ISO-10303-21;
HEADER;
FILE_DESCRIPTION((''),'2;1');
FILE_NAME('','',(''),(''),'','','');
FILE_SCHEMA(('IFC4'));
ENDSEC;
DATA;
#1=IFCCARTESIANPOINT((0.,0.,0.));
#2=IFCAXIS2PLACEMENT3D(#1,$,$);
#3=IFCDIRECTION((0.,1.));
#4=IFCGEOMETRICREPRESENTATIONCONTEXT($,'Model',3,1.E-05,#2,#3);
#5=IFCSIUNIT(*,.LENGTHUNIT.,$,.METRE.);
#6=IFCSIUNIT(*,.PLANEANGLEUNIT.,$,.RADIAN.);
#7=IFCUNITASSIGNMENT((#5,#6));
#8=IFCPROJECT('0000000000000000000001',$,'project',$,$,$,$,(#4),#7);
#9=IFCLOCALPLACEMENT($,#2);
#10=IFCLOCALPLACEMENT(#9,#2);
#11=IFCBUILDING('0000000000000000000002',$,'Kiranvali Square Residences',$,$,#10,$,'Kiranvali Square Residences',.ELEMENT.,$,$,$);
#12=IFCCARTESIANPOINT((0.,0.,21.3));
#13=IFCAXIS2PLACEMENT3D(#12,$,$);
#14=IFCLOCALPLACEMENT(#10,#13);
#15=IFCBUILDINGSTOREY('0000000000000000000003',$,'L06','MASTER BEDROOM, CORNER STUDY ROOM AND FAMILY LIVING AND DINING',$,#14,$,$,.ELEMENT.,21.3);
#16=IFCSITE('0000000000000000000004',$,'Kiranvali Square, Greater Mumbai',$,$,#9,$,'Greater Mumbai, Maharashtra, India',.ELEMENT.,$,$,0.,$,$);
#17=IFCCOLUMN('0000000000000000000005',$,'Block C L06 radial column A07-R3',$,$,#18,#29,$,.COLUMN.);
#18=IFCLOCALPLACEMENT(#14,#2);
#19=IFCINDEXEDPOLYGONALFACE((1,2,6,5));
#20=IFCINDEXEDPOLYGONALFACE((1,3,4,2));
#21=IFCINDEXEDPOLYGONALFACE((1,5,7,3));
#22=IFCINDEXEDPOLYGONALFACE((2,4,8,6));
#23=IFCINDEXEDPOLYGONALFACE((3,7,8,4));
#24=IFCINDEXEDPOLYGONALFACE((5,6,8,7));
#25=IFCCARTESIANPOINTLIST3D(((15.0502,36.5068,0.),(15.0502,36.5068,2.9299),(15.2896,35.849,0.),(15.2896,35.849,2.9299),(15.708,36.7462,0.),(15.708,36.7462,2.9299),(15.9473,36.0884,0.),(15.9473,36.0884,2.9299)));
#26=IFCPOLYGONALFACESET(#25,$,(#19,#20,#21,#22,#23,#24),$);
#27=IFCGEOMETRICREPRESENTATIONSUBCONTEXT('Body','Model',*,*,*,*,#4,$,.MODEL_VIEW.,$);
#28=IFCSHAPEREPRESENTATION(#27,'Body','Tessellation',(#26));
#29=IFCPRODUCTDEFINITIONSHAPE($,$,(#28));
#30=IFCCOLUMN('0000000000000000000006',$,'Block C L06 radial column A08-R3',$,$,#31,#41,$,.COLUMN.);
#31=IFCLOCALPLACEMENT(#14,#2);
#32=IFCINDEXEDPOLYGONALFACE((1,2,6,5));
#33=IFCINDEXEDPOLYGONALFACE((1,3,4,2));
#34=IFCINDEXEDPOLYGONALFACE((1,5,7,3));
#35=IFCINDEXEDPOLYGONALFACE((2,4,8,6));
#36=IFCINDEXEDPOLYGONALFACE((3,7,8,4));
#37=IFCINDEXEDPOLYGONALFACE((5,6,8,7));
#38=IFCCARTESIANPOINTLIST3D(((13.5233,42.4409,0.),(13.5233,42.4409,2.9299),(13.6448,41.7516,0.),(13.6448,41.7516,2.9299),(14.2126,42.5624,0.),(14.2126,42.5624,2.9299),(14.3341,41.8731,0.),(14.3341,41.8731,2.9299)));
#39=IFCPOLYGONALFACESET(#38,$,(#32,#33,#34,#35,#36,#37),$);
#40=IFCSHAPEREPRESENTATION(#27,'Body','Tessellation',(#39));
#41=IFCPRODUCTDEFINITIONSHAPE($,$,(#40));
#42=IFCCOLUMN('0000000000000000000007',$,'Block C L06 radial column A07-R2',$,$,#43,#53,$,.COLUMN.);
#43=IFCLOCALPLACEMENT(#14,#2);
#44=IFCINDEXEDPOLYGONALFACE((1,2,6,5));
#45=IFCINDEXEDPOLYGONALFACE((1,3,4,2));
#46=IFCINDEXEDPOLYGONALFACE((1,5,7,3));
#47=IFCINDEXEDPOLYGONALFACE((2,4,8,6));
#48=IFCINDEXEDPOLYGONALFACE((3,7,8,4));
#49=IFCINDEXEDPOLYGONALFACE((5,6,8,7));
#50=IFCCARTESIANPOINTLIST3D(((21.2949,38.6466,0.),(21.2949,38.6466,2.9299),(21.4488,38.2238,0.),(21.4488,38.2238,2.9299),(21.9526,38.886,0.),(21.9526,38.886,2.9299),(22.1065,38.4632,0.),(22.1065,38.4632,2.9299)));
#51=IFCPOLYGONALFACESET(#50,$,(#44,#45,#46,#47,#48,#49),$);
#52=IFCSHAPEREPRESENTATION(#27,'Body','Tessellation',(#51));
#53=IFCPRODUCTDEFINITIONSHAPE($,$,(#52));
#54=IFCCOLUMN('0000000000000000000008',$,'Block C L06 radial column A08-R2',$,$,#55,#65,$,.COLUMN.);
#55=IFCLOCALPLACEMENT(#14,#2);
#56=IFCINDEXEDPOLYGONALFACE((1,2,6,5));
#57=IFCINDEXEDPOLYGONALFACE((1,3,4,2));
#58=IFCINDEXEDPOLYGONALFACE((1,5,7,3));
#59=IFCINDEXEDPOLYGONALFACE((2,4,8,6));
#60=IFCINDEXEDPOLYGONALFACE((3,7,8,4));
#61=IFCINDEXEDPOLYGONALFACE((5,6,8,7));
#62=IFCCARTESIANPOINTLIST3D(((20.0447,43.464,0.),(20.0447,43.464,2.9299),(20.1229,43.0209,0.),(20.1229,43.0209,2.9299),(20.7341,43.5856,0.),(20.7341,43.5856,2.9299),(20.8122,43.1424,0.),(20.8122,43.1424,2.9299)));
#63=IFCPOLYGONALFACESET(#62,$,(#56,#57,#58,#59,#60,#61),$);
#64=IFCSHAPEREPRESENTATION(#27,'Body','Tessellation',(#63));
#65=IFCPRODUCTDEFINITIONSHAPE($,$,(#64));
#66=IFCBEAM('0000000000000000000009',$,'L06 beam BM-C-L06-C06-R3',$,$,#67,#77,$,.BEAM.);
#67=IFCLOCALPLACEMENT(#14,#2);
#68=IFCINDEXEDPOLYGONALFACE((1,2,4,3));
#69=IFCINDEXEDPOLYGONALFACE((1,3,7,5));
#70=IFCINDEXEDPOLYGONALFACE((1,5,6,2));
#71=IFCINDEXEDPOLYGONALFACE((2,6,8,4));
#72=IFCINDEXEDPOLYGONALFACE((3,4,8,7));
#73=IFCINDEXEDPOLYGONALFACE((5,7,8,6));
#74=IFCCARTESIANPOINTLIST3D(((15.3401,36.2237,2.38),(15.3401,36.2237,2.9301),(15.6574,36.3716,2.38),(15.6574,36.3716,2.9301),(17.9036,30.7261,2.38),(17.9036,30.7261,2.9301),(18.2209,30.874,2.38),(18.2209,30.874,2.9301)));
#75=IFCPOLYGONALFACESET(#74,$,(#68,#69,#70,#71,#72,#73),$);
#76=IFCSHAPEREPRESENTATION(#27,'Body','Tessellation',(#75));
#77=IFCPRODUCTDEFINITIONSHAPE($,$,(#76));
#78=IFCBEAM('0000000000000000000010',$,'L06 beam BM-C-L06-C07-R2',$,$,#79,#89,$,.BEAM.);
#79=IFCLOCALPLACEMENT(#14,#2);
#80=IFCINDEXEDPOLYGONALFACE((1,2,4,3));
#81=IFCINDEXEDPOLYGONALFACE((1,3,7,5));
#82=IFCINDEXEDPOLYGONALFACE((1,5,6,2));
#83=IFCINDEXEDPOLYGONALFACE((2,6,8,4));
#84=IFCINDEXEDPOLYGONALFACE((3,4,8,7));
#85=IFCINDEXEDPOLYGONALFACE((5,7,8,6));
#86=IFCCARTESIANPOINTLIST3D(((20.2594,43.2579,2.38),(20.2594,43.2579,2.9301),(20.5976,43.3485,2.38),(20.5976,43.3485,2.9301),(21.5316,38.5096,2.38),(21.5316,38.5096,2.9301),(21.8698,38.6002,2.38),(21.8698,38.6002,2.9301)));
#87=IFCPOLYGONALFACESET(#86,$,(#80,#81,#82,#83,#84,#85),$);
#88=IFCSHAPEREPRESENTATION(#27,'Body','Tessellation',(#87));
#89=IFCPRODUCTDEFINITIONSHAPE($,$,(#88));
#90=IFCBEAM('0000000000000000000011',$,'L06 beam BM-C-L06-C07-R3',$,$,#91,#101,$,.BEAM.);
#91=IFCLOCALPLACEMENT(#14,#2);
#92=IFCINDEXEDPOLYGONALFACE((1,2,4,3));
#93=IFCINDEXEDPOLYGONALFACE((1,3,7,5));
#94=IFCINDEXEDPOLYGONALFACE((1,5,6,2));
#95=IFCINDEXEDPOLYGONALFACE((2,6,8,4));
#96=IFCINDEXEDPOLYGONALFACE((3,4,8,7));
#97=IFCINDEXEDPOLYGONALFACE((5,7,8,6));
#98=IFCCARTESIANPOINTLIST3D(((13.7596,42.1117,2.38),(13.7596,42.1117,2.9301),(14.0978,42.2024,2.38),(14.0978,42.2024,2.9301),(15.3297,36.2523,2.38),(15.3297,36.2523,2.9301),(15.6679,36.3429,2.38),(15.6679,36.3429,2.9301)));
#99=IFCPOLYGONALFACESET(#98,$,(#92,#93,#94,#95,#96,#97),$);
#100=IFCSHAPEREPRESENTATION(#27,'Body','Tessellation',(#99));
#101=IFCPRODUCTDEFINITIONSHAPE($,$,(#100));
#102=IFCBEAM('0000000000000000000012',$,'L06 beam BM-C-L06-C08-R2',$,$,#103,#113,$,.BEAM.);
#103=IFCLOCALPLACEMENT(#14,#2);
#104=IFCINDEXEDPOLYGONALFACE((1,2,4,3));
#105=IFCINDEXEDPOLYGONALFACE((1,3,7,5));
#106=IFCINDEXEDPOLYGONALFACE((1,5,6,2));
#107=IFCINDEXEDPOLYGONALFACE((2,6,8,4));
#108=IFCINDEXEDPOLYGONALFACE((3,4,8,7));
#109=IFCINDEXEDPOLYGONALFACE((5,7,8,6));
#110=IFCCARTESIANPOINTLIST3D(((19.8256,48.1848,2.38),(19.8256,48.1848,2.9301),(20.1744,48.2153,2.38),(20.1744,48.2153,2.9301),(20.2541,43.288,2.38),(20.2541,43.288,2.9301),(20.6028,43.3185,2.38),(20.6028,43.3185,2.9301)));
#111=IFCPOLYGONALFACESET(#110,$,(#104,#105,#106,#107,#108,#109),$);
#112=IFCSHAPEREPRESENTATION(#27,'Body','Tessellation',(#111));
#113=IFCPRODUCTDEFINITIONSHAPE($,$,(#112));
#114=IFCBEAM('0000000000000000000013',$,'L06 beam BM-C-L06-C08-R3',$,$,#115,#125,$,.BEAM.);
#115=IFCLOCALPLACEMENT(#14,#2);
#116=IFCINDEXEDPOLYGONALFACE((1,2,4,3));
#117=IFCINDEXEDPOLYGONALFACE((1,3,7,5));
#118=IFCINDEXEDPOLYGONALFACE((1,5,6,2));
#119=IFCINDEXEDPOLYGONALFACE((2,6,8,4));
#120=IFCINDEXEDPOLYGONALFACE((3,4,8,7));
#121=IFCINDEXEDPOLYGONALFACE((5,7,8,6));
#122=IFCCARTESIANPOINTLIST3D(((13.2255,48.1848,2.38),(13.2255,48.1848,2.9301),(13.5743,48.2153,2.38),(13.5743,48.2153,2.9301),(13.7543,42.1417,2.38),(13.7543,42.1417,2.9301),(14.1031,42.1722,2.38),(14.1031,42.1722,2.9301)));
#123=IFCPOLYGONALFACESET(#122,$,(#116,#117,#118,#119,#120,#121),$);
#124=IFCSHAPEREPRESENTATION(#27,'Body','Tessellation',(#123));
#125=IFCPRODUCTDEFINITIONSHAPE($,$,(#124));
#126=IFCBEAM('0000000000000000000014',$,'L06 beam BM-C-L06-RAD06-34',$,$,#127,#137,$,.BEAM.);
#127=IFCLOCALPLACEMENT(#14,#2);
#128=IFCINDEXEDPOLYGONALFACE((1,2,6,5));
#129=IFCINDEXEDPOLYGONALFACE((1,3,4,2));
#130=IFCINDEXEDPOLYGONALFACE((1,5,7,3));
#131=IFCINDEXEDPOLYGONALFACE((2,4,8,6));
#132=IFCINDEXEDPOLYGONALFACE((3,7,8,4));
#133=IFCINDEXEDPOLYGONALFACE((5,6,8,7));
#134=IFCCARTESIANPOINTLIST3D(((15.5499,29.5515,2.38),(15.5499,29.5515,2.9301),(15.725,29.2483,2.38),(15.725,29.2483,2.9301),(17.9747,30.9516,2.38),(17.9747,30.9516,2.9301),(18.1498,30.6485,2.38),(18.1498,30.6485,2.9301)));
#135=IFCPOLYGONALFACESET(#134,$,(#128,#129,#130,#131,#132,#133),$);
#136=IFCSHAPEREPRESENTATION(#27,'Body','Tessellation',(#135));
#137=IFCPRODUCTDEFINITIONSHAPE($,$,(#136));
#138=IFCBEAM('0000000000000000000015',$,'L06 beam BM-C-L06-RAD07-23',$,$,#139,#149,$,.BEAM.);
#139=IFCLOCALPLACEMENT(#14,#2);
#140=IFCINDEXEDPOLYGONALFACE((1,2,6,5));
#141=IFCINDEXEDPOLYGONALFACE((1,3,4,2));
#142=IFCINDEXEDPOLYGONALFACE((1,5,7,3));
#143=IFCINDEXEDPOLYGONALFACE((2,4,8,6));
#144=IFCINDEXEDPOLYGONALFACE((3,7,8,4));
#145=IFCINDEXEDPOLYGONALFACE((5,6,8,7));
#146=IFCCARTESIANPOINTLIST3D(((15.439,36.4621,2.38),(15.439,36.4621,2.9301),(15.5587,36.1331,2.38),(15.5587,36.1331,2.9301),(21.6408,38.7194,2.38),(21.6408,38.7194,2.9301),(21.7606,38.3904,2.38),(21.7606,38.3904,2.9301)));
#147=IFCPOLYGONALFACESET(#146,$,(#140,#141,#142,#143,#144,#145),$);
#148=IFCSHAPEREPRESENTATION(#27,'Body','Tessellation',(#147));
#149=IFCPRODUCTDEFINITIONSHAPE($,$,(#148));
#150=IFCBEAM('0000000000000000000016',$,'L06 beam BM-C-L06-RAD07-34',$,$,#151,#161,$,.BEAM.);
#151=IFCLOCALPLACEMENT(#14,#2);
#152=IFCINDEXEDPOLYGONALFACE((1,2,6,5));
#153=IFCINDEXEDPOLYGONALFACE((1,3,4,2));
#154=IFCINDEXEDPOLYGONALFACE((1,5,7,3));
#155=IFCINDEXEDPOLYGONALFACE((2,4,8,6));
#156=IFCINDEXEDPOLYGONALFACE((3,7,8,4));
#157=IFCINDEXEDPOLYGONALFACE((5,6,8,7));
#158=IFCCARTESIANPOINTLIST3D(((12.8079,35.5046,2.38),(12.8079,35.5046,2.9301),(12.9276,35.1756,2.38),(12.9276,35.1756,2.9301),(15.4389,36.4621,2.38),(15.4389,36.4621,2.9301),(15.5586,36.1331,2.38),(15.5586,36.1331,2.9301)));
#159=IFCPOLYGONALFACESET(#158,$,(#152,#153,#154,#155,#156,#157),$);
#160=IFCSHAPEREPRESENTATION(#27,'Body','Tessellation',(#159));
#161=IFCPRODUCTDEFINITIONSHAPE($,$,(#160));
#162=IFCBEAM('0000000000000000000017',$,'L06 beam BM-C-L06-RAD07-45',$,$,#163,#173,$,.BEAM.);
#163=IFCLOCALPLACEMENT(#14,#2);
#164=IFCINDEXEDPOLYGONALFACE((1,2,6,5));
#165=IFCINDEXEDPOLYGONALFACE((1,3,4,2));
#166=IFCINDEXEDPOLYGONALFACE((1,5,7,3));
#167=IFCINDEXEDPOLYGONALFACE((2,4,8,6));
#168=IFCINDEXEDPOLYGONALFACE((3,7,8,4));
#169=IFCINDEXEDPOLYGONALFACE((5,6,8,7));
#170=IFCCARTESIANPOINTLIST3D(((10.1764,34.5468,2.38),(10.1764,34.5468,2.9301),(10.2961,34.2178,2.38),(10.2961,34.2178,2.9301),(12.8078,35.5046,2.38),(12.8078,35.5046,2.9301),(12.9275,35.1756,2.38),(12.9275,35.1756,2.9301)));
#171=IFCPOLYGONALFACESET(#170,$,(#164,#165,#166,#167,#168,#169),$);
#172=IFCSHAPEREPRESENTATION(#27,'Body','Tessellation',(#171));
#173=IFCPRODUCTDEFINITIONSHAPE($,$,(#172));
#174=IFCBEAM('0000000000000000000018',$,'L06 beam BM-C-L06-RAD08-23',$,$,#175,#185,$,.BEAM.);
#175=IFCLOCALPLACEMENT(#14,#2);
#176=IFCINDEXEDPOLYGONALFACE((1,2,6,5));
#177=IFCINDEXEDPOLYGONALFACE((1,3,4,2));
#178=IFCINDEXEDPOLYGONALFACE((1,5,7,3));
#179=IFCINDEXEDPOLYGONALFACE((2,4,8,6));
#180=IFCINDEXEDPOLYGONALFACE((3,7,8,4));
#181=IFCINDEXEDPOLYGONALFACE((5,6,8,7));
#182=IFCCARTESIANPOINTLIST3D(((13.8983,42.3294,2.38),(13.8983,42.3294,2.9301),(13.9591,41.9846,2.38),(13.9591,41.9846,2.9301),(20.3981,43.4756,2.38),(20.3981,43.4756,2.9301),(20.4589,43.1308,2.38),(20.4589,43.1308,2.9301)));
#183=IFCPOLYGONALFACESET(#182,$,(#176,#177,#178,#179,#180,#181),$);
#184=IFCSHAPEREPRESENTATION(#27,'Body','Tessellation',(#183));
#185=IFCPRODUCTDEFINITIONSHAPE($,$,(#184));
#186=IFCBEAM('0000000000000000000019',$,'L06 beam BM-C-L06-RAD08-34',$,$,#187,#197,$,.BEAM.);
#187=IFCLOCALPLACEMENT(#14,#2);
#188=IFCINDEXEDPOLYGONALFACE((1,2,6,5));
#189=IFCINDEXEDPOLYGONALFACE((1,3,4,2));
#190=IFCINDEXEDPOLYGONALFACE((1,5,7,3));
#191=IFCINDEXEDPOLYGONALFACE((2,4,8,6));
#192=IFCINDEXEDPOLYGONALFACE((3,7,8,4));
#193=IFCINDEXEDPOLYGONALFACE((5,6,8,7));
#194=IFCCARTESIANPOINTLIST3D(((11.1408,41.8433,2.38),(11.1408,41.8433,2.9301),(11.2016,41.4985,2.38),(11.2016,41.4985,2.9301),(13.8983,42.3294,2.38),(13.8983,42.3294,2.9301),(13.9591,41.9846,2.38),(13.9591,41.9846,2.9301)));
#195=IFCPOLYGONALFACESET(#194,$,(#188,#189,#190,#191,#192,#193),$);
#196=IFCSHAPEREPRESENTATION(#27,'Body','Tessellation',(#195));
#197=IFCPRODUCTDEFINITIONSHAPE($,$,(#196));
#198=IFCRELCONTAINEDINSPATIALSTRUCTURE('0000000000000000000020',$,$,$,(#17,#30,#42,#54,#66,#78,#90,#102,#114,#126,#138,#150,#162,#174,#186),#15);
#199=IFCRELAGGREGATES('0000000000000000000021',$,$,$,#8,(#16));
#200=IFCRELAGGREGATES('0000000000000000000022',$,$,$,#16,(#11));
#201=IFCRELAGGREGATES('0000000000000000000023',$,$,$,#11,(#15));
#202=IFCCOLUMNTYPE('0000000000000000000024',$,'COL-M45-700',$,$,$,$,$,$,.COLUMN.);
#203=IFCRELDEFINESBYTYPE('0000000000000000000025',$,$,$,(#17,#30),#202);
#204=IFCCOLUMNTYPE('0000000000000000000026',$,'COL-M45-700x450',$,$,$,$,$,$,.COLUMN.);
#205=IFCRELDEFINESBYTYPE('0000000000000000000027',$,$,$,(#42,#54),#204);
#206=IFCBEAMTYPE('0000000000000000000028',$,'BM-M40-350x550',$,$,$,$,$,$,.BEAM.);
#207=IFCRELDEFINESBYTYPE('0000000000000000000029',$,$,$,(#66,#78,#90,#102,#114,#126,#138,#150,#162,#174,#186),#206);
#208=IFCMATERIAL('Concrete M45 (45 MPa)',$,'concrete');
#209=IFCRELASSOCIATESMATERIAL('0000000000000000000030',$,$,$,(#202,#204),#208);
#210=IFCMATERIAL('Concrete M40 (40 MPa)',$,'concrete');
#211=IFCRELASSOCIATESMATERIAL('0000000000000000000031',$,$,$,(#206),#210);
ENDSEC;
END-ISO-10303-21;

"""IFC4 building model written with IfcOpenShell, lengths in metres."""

from ifc_helpers import new_model, si_unit, direction, frame, origin, origin_2d, place, context, subcontext, project, spatial, rectangle, extrude, material, material_profile, profile_set, type_object, element, save


model = new_model("IFC4")

# Units and contexts
model_context = context("Model", 3, precision=1e-05, world=origin(), true_north=direction((0.0, 1.0)))
body_context = subcontext(model_context, "Body", "Model", "MODEL_VIEW")
ifc_project = project(units=[si_unit("LENGTHUNIT", "METRE"), si_unit("PLANEANGLEUNIT", "RADIAN")], contexts=[model_context])

# Site, building, storey
site_placement = place(None, origin())
site = spatial("IfcSite", under=ifc_project, at=site_placement, Name="Kiranvali Square, Greater Mumbai", LongName="Greater Mumbai, Maharashtra, India", CompositionType="ELEMENT", RefElevation=0.0)
building_placement = place(site_placement, origin())
building = spatial("IfcBuilding", under=site, at=building_placement, Name="Kiranvali Square Residences", LongName="Kiranvali Square Residences", CompositionType="ELEMENT")
storey_placement = place(building_placement, frame((0.0, 0.0, 21.3)))
storey = spatial("IfcBuildingStorey", under=building, at=storey_placement, Name="L06", Description="MASTER BEDROOM, CORNER STUDY ROOM AND FAMILY LIVING AND DINING", CompositionType="ELEMENT", Elevation=21.3)

# Columns
ifc_material_1 = material(Name="Concrete M45 (45 MPa)", Category="concrete")
ifc_material_profile_1 = material_profile(ifc_material_1, rectangle(XDim=0.7, YDim=0.7, at=origin_2d()), Name="RC 700x700")
ifc_profile_set_1 = profile_set([ifc_material_profile_1], Name="Concrete M45 (45 MPa)")
column_type_1 = type_object("IfcColumnType", Name="COL-M45-700", PredefinedType="COLUMN", material=ifc_profile_set_1)
for number, where, z_axis, x_axis, name in (
    (1, (15.4988, 36.2976, 0.0), (0.0, 0.0, 1.0), (-0.34202, 0.939693, 0.0), "Block C L06 radial column A07-R3"),
    (2, (13.9287, 42.157, 0.0), (0.0, 0.0, 1.0), (-0.173648, 0.984808, 0.0), "Block C L06 radial column A08-R3"),
):
    element("IfcColumn", number, at=place(storey_placement, frame(where, z_axis=z_axis, x_axis=x_axis)), inside=storey, type_object=column_type_1, Name=name, PredefinedType="COLUMN", context=body_context, shape_type="SweptSolid", body=[
        extrude(rectangle(XDim=0.7, YDim=0.7, at=origin_2d()), origin(), (0.0, 0.0, 1.0), 2.9299),
    ])
ifc_material_profile_2 = material_profile(ifc_material_1, rectangle(XDim=0.45, YDim=0.7, at=origin_2d()), Name="RC 700x450")
ifc_profile_set_2 = profile_set([ifc_material_profile_2], Name="Concrete M45 (45 MPa)")
column_type_2 = type_object("IfcColumnType", Name="COL-M45-700x450", PredefinedType="COLUMN", material=ifc_profile_set_2)
for number, where, z_axis, x_axis, name in (
    (3, (21.7007, 38.5549, 0.0), (0.0, 0.0, 1.0), (-0.34202, 0.939693, 0.0), "Block C L06 radial column A07-R2"),
    (4, (20.4285, 43.3032, 0.0), (0.0, 0.0, 1.0), (-0.173648, 0.984808, 0.0), "Block C L06 radial column A08-R2"),
):
    element("IfcColumn", number, at=place(storey_placement, frame(where, z_axis=z_axis, x_axis=x_axis)), inside=storey, type_object=column_type_2, Name=name, PredefinedType="COLUMN", context=body_context, shape_type="SweptSolid", body=[
        extrude(rectangle(XDim=0.45, YDim=0.7, at=origin_2d()), origin(), (0.0, 0.0, 1.0), 2.9299),
    ])

# Beams
ifc_material_2 = material(Name="Concrete M40 (40 MPa)", Category="concrete")
ifc_material_profile_3 = material_profile(ifc_material_2, rectangle(XDim=0.3501, YDim=0.55, at=origin_2d()), Name="RC 350x550")
ifc_profile_set_3 = profile_set([ifc_material_profile_3], Name="Concrete M40 (40 MPa)")
beam_type = type_object("IfcBeamType", Name="BM-M40-350x550", PredefinedType="BEAM", material=ifc_profile_set_3)
beam_1_placement = place(storey_placement, frame((18.0623, 30.8, 2.655), z_axis=(-0.422608, 0.906313, 0.0), x_axis=(-0.906313, -0.422608, 0.0)))
element("IfcBeam", 5, at=beam_1_placement, inside=storey, type_object=beam_type, Name="L06 beam BM-C-L06-C06-R3", PredefinedType="BEAM", context=body_context, shape_type="SweptSolid", body=[
    extrude(rectangle(XDim=0.3501, YDim=0.55, at=origin_2d()), origin(), (0.0, 0.0, 1.0), 6.0659),
])
beam_2_placement = place(storey_placement, frame((21.7007, 38.5549, 2.655), z_axis=(-0.258803, 0.96593, 0.0), x_axis=(-0.96593, -0.258803, 0.0)))
element("IfcBeam", 6, at=beam_2_placement, inside=storey, type_object=beam_type, Name="L06 beam BM-C-L06-C07-R2", PredefinedType="BEAM", context=body_context, shape_type="SweptSolid", body=[
    extrude(rectangle(XDim=0.3501, YDim=0.55, at=origin_2d()), origin(), (0.0, 0.0, 1.0), 4.9158),
])
beam_3_placement = place(storey_placement, frame((15.4988, 36.2976, 2.655), z_axis=(-0.258827, 0.965924, 0.0), x_axis=(-0.965924, -0.258827, 0.0)))
element("IfcBeam", 7, at=beam_3_placement, inside=storey, type_object=beam_type, Name="L06 beam BM-C-L06-C07-R3", PredefinedType="BEAM", context=body_context, shape_type="SweptSolid", body=[
    extrude(rectangle(XDim=0.3501, YDim=0.55, at=origin_2d()), origin(), (0.0, 0.0, 1.0), 6.0662),
])
beam_4_placement = place(storey_placement, frame((20.4285, 43.3032, 2.655), z_axis=(-0.087168, 0.996194, 0.0), x_axis=(-0.996194, -0.087168, 0.0)))
element("IfcBeam", 8, at=beam_4_placement, inside=storey, type_object=beam_type, Name="L06 beam BM-C-L06-C08-R2", PredefinedType="BEAM", context=body_context, shape_type="SweptSolid", body=[
    extrude(rectangle(XDim=0.3501, YDim=0.55, at=origin_2d()), origin(), (0.0, 0.0, 1.0), 4.9155),
])
beam_5_placement = place(storey_placement, frame((13.9287, 42.157, 2.655), z_axis=(-0.087175, 0.996193, 0.0), x_axis=(-0.996193, -0.087175, 0.0)))
element("IfcBeam", 9, at=beam_5_placement, inside=storey, type_object=beam_type, Name="L06 beam BM-C-L06-C08-R3", PredefinedType="BEAM", context=body_context, shape_type="SweptSolid", body=[
    extrude(rectangle(XDim=0.3501, YDim=0.55, at=origin_2d()), origin(), (0.0, 0.0, 1.0), 6.0662),
])
beam_6_placement = place(storey_placement, frame((18.0623, 30.8, 2.655), z_axis=(-0.865997, -0.50005, 0.0), x_axis=(0.50005, -0.865997, 0.0)))
element("IfcBeam", 10, at=beam_6_placement, inside=storey, type_object=beam_type, Name="L06 beam BM-C-L06-RAD06-34", PredefinedType="BEAM", context=body_context, shape_type="SweptSolid", body=[
    extrude(rectangle(XDim=0.3501, YDim=0.55, at=origin_2d()), origin(), (0.0, 0.0, 1.0), 2.8),
])
beam_7_placement = place(storey_placement, frame((21.7007, 38.5549, 2.655), z_axis=(-0.939692, -0.342022, 0.0), x_axis=(0.342022, -0.939692, 0.0)))
element("IfcBeam", 11, at=beam_7_placement, inside=storey, type_object=beam_type, Name="L06 beam BM-C-L06-RAD07-23", PredefinedType="BEAM", context=body_context, shape_type="SweptSolid", body=[
    extrude(rectangle(XDim=0.3501, YDim=0.55, at=origin_2d()), origin(), (0.0, 0.0, 1.0), 6.5999),
])
beam_8_placement = place(storey_placement, frame((15.4988, 36.2976, 2.655), z_axis=(-0.939707, -0.341981, 0.0), x_axis=(0.341981, -0.939707, 0.0)))
element("IfcBeam", 12, at=beam_8_placement, inside=storey, type_object=beam_type, Name="L06 beam BM-C-L06-RAD07-34", PredefinedType="BEAM", context=body_context, shape_type="SweptSolid", body=[
    extrude(rectangle(XDim=0.3501, YDim=0.55, at=origin_2d()), origin(), (0.0, 0.0, 1.0), 2.7998),
])
beam_9_placement = place(storey_placement, frame((12.8677, 35.3401, 2.655), z_axis=(-0.939689, -0.34203, 0.0), x_axis=(0.34203, -0.939689, 0.0)))
element("IfcBeam", 13, at=beam_9_placement, inside=storey, type_object=beam_type, Name="L06 beam BM-C-L06-RAD07-45", PredefinedType="BEAM", context=body_context, shape_type="SweptSolid", body=[
    extrude(rectangle(XDim=0.3501, YDim=0.55, at=origin_2d()), origin(), (0.0, 0.0, 1.0), 2.8003),
])
beam_10_placement = place(storey_placement, frame((20.4285, 43.3032, 2.655), z_axis=(-0.984804, -0.173671, 0.0), x_axis=(0.173671, -0.984804, 0.0)))
element("IfcBeam", 14, at=beam_10_placement, inside=storey, type_object=beam_type, Name="L06 beam BM-C-L06-RAD08-23", PredefinedType="BEAM", context=body_context, shape_type="SweptSolid", body=[
    extrude(rectangle(XDim=0.3501, YDim=0.55, at=origin_2d()), origin(), (0.0, 0.0, 1.0), 6.6001),
])
beam_11_placement = place(storey_placement, frame((13.9287, 42.157, 2.655), z_axis=(-0.984817, -0.173596, 0.0), x_axis=(0.173596, -0.984817, 0.0)))
element("IfcBeam", 15, at=beam_11_placement, inside=storey, type_object=beam_type, Name="L06 beam BM-C-L06-RAD08-34", PredefinedType="BEAM", context=body_context, shape_type="SweptSolid", body=[
    extrude(rectangle(XDim=0.3501, YDim=0.55, at=origin_2d()), origin(), (0.0, 0.0, 1.0), 2.8),
])

save(model, "model.ifc")
